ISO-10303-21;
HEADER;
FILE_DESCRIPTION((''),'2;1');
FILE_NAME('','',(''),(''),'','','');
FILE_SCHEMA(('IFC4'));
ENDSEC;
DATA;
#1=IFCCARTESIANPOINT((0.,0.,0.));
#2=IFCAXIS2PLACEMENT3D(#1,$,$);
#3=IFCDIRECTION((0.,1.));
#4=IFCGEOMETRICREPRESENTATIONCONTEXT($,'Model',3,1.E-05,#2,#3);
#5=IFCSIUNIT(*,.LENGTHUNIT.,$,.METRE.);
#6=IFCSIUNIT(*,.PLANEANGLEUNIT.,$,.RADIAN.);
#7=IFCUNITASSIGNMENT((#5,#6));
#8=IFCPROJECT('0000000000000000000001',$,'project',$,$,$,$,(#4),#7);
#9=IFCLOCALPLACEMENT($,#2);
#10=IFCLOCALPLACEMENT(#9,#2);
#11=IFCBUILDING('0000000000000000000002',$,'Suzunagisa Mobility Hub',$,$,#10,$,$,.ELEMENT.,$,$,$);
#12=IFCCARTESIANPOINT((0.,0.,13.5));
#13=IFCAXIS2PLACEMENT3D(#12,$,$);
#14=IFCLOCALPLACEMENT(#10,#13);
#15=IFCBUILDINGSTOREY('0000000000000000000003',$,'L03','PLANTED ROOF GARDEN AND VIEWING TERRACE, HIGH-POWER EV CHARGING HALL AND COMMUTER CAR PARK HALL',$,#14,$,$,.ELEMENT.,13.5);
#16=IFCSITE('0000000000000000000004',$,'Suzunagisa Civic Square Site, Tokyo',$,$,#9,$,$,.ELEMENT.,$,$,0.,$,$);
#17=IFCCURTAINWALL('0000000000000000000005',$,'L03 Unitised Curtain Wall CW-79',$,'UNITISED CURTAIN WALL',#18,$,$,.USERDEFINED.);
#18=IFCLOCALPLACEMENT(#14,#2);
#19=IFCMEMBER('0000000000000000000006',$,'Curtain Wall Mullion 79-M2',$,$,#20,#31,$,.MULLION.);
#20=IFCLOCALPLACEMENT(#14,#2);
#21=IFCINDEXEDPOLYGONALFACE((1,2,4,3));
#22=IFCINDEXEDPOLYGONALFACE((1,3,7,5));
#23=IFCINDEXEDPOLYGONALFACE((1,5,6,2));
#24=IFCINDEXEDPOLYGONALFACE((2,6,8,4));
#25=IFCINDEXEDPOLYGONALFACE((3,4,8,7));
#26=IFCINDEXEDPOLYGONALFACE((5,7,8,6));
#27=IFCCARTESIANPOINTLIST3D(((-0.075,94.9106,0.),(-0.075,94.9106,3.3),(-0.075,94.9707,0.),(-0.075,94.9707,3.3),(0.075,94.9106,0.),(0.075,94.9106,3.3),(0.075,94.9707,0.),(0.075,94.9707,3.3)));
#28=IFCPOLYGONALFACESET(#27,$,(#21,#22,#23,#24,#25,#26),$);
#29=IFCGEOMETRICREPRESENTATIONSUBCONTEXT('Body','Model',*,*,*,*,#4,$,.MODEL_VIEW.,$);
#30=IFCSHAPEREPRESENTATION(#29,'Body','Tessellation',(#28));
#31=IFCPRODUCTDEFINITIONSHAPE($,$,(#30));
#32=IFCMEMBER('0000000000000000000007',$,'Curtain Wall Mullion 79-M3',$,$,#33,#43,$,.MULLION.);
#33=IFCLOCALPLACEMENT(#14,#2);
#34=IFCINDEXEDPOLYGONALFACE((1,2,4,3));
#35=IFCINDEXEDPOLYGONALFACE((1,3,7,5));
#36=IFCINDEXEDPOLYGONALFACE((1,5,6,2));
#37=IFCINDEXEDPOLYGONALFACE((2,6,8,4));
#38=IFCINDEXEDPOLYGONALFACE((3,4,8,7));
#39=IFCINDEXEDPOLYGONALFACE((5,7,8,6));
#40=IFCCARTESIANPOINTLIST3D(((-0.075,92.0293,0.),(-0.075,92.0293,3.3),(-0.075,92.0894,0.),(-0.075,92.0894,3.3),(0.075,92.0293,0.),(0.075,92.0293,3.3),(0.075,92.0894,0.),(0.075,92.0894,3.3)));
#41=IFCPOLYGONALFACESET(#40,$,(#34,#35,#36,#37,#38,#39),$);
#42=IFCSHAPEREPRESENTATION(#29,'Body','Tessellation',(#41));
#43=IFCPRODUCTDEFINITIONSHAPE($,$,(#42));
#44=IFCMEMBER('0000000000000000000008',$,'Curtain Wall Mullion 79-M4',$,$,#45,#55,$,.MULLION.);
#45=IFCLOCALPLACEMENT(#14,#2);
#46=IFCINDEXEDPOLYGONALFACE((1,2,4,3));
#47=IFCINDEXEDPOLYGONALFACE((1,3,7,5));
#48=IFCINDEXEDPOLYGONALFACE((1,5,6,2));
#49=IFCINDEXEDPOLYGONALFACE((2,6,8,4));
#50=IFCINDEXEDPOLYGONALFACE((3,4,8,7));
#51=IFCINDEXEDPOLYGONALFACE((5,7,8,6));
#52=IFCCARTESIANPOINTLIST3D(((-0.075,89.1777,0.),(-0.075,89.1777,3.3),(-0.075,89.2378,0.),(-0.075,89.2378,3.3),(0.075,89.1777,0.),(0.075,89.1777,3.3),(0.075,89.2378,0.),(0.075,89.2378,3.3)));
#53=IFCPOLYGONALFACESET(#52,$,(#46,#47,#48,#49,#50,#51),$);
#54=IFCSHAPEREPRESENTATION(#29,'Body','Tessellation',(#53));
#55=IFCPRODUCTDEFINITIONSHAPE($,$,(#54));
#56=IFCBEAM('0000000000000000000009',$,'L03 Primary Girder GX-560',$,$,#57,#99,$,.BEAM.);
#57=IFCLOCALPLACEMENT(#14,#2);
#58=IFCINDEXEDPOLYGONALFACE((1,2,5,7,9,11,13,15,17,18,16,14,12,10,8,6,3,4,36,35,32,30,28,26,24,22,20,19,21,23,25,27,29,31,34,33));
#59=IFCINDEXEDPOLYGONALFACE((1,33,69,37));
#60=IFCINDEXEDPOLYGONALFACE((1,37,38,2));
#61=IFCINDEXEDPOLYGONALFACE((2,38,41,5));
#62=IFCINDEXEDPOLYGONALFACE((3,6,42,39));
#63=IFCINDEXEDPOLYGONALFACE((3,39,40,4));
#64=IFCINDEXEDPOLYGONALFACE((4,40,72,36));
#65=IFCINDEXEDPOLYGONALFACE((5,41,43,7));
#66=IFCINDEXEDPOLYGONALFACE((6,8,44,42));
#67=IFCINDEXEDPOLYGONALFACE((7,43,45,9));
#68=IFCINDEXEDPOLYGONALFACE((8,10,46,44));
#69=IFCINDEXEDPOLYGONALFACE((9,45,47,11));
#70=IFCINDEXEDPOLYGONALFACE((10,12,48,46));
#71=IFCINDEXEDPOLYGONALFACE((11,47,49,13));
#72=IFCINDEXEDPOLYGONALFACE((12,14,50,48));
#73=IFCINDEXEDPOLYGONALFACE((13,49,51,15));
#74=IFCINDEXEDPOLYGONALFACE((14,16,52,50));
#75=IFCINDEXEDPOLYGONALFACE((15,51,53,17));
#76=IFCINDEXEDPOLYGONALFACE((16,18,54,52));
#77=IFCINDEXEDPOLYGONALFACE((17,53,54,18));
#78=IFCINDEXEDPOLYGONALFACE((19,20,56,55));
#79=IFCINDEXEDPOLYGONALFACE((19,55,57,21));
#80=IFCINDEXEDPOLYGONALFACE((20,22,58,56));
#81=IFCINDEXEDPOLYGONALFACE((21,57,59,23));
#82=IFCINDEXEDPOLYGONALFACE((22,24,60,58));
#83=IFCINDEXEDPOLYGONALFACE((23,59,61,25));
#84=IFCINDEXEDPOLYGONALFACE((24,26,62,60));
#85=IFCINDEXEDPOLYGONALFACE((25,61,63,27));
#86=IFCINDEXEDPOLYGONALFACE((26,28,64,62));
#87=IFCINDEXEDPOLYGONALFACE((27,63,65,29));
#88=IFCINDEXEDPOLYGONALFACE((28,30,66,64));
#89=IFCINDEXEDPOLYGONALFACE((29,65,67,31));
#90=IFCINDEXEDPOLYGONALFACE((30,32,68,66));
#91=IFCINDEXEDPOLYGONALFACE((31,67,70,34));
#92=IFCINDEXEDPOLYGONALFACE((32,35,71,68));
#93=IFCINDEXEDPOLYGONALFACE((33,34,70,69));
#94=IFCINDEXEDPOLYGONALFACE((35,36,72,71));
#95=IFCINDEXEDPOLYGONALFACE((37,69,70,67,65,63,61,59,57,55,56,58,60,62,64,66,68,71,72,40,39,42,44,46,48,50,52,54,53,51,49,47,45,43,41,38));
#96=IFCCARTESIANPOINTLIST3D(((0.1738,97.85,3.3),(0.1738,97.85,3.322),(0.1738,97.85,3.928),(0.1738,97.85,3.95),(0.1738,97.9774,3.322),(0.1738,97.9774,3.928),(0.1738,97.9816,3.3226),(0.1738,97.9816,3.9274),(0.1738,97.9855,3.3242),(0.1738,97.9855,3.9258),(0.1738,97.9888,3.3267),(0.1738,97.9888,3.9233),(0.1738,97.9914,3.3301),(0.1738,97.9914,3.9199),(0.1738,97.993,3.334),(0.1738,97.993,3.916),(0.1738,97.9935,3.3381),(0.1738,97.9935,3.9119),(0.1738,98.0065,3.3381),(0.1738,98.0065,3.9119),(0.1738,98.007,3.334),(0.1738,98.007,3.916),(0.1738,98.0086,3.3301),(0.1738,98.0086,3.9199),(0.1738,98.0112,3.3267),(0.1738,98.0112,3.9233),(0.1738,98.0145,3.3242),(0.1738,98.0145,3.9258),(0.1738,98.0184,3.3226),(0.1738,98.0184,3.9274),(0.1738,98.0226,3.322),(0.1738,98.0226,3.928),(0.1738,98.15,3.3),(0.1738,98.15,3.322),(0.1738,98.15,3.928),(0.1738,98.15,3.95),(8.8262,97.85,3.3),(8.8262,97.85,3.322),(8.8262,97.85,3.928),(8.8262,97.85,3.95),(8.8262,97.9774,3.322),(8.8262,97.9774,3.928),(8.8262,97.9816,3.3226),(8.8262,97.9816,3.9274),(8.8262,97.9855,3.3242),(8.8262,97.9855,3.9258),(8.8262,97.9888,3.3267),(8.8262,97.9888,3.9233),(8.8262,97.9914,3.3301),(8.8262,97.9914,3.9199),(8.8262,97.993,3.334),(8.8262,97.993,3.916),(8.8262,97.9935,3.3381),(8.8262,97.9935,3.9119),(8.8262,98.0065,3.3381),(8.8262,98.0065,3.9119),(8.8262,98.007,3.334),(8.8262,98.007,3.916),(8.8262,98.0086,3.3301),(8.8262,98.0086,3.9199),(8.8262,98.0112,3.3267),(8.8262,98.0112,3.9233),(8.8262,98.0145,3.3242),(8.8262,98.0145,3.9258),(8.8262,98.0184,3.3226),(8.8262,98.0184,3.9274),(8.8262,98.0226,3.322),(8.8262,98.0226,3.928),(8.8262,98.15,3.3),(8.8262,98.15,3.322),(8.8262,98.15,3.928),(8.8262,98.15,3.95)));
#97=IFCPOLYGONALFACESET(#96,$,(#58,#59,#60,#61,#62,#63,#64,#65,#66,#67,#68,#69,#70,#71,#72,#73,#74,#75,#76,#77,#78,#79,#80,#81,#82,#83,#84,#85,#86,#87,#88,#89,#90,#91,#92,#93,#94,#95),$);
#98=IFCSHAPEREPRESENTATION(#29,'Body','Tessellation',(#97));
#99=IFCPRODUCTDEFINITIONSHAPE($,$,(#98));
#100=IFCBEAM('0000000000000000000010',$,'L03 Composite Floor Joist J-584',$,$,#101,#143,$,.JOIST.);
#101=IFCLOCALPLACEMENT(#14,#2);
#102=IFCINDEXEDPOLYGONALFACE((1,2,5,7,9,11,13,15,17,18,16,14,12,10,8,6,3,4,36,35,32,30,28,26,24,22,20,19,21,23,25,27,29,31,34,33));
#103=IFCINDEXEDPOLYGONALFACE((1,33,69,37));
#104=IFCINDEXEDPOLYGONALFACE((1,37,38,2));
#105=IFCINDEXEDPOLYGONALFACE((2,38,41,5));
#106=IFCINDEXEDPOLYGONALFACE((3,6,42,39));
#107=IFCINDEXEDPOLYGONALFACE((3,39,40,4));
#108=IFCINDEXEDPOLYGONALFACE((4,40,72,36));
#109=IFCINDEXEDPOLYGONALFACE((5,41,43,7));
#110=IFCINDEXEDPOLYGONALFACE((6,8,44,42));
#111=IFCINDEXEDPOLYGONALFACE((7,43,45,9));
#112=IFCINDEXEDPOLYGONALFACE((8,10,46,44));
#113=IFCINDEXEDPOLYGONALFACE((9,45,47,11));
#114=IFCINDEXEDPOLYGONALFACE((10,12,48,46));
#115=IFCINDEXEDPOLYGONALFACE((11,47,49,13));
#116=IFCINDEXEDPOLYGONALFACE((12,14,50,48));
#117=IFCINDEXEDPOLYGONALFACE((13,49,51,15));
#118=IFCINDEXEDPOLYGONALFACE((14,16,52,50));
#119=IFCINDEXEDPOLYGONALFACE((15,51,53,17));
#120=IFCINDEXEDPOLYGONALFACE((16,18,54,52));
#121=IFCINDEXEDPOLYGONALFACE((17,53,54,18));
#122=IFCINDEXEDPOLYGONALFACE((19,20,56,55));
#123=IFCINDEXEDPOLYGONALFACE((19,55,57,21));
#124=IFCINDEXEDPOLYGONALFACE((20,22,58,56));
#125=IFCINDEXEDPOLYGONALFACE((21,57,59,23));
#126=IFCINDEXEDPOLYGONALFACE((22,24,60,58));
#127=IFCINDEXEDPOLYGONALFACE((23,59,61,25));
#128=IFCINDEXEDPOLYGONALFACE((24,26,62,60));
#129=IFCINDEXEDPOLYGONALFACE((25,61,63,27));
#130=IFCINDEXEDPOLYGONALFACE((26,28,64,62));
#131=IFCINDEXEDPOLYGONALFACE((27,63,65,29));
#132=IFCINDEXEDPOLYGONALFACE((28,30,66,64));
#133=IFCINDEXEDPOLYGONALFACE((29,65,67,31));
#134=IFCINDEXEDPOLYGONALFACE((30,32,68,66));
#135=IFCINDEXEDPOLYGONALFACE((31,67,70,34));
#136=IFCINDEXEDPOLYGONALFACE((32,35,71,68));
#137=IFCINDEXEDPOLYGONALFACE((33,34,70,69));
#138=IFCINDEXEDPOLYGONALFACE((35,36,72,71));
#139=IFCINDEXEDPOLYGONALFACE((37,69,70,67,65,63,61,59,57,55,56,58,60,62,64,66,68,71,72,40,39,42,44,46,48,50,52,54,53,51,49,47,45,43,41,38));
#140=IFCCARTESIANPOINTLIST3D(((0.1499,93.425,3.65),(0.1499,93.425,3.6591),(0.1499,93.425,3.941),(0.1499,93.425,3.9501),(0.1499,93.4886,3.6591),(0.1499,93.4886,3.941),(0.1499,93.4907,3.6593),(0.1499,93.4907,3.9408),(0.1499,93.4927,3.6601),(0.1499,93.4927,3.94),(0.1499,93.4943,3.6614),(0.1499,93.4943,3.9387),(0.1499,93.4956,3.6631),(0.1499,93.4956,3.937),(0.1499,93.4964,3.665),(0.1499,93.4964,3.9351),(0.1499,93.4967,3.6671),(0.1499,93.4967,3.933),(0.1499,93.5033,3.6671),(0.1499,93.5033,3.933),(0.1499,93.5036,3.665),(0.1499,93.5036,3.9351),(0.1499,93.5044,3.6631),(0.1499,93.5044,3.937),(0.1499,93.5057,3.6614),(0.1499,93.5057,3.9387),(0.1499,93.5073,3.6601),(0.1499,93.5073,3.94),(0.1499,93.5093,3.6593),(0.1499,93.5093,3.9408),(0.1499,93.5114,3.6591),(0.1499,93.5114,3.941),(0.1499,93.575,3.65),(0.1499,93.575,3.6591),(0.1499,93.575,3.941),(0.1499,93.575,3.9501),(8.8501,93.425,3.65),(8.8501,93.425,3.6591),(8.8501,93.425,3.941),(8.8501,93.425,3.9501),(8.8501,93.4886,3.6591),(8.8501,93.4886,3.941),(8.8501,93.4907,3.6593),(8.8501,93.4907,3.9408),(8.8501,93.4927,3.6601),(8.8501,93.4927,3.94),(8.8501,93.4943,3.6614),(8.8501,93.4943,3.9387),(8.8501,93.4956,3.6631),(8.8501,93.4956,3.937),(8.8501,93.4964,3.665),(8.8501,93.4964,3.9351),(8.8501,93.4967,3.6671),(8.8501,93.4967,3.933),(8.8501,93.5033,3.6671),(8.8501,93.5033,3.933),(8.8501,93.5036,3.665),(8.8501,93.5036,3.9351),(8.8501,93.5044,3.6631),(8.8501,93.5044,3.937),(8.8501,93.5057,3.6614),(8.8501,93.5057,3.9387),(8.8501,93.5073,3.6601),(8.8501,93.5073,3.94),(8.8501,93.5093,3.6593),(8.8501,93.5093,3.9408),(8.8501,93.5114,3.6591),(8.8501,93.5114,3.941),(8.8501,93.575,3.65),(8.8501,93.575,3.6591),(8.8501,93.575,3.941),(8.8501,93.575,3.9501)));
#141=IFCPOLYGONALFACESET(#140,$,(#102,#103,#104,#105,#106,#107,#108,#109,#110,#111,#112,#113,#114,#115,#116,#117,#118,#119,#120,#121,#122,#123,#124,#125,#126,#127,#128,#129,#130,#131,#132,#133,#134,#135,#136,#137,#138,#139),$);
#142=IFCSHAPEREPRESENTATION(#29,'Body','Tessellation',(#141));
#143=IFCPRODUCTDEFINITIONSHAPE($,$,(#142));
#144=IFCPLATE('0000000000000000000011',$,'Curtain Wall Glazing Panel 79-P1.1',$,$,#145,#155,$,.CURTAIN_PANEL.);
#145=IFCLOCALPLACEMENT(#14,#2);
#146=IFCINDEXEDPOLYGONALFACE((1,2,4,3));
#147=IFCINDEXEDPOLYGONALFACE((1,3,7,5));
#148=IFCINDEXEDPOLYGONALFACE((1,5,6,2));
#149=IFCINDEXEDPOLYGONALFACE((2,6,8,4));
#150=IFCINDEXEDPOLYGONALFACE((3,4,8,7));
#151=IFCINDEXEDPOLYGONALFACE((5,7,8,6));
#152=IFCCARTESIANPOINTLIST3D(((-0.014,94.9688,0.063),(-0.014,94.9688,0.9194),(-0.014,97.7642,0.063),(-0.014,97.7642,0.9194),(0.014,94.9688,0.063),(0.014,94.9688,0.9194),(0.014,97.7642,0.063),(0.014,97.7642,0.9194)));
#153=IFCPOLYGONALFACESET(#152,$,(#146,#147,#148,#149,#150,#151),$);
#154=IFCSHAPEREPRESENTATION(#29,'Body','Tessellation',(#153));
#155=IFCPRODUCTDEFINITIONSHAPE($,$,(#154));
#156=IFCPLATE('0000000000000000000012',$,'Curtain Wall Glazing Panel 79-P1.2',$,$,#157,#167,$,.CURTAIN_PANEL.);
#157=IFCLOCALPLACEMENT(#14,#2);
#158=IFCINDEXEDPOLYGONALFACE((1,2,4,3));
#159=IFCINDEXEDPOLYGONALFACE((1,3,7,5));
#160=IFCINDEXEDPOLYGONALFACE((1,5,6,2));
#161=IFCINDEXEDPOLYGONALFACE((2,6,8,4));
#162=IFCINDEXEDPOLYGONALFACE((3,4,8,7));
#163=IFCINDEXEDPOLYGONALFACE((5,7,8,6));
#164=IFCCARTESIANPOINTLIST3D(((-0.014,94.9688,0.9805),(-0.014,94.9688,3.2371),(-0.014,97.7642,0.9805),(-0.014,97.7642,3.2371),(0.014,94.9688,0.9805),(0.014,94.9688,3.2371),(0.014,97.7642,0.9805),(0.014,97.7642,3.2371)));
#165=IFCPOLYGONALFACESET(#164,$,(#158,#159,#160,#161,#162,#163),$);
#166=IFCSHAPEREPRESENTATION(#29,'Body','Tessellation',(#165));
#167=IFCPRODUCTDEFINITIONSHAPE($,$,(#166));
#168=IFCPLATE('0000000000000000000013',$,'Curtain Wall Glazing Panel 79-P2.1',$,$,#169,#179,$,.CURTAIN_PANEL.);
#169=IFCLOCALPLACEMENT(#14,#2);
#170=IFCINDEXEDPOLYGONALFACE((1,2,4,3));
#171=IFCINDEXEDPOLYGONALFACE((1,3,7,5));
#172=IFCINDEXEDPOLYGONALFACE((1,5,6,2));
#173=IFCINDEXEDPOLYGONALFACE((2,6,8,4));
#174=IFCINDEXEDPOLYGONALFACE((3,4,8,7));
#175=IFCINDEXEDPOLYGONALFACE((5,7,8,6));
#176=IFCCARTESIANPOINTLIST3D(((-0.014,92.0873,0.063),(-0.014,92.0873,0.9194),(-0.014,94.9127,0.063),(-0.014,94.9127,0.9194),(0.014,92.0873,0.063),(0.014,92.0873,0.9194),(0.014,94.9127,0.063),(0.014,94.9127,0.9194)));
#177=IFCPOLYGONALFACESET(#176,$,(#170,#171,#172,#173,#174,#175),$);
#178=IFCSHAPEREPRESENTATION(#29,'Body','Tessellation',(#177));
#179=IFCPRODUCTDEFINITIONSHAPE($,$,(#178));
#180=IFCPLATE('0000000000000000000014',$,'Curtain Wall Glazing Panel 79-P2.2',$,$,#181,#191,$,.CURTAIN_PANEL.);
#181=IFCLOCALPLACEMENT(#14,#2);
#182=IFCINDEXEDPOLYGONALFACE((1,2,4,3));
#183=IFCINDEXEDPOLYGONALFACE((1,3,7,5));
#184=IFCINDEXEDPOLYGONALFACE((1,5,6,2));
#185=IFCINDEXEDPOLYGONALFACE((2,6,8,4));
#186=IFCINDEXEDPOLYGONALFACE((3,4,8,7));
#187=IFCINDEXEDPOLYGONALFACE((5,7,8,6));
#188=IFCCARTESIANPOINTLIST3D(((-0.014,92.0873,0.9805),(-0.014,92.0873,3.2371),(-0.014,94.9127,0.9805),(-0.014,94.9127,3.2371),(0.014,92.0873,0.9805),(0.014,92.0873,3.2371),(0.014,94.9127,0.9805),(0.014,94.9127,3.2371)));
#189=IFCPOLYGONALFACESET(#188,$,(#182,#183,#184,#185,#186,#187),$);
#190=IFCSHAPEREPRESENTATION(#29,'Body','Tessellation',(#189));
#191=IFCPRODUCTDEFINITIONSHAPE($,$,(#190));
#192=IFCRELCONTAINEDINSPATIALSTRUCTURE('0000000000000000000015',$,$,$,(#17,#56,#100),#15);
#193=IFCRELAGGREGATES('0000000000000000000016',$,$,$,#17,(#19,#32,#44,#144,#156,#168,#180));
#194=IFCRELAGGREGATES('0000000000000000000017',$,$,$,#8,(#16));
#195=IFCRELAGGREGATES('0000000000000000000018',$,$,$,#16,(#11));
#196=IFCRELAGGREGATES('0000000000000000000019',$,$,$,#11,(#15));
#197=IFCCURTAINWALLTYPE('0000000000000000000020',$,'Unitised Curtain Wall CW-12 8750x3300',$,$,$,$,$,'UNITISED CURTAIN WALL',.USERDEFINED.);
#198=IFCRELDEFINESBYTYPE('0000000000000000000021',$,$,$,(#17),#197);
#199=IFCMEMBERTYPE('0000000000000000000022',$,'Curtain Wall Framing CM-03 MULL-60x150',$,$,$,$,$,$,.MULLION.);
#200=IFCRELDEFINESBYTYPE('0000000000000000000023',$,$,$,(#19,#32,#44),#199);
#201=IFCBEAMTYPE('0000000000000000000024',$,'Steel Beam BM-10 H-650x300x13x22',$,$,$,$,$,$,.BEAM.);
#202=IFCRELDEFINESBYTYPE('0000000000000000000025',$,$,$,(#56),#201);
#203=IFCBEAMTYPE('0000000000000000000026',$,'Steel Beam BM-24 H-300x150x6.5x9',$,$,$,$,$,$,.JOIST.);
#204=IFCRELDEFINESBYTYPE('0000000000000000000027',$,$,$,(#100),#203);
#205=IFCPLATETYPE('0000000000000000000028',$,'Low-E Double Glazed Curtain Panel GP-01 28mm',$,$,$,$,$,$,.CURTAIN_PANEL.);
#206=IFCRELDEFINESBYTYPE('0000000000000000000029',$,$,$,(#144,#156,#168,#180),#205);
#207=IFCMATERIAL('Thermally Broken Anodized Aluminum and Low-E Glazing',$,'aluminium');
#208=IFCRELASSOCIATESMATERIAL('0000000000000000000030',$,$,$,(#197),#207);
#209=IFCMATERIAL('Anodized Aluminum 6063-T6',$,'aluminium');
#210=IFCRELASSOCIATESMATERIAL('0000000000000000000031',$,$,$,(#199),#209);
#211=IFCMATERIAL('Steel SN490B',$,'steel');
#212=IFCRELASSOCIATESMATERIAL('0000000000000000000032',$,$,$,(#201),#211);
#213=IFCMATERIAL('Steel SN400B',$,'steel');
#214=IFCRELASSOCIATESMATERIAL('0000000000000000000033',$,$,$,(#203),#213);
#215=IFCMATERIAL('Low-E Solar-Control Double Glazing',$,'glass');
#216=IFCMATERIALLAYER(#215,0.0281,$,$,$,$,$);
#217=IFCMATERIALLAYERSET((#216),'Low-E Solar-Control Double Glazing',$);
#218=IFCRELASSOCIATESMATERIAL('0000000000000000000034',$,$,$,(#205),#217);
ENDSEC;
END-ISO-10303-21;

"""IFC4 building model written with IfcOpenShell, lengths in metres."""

from ifc_helpers import new_model, si_unit, direction, frame, origin, origin_2d, place, context, subcontext, project, spatial, rectangle, i_section, extrude, material, layer, layer_set, material_profile, profile_set, type_object, element, aggregate, save


model = new_model("IFC4")

# Units and contexts
model_context = context("Model", 3, precision=1e-05, world=origin(), true_north=direction((0.0, 1.0)))
body_context = subcontext(model_context, "Body", "Model", "MODEL_VIEW")
ifc_project = project(units=[si_unit("LENGTHUNIT", "METRE"), si_unit("PLANEANGLEUNIT", "RADIAN")], contexts=[model_context])

# Site, building, storey
site_placement = place(None, origin())
site = spatial("IfcSite", under=ifc_project, at=site_placement, Name="Suzunagisa Civic Square Site, Tokyo", CompositionType="ELEMENT", RefElevation=0.0)
building_placement = place(site_placement, origin())
building = spatial("IfcBuilding", under=site, at=building_placement, Name="Suzunagisa Mobility Hub", CompositionType="ELEMENT")
storey_placement = place(building_placement, frame((0.0, 0.0, 13.5)))
storey = spatial("IfcBuildingStorey", under=building, at=storey_placement, Name="L03", Description="PLANTED ROOF GARDEN AND VIEWING TERRACE, HIGH-POWER EV CHARGING HALL AND COMMUTER CAR PARK HALL", CompositionType="ELEMENT", Elevation=13.5)

# Shared definitions
ifc_material_1 = material(Name="Steel SN490B", Category="steel")

# Curtain wall, members
ifc_material_2 = material(Name="Thermally Broken Anodized Aluminum and Low-E Glazing", Category="aluminium")
curtain_wall_type = type_object("IfcCurtainWallType", Name="Unitised Curtain Wall CW-12 8750x3300", ElementType="UNITISED CURTAIN WALL", PredefinedType="USERDEFINED", material=ifc_material_2)
curtain_wall_placement = place(storey_placement, origin())
curtain_wall = element("IfcCurtainWall", 1, at=curtain_wall_placement, inside=storey, type_object=curtain_wall_type, Name="L03 Unitised Curtain Wall CW-79", ObjectType="UNITISED CURTAIN WALL", PredefinedType="USERDEFINED")
ifc_material_3 = material(Name="Anodized Aluminum 6063-T6", Category="aluminium")
ifc_material_profile_1 = material_profile(ifc_material_3, rectangle(XDim=0.0601, YDim=0.1499, at=origin_2d()), Name="MULL-60x150")
ifc_profile_set_1 = profile_set([ifc_material_profile_1], Name="Anodized Aluminum 6063-T6")
member_type_1 = type_object("IfcMemberType", Name="Curtain Wall Framing CM-03 MULL-60x150", PredefinedType="MULLION", material=ifc_profile_set_1)
member_1_placement = place(storey_placement, frame((0.0, 94.9407, 0.0), z_axis=(0.0, 0.0, 1.0), x_axis=(0.0, -1.0, 0.0)))
member_1 = element("IfcMember", 2, at=member_1_placement, type_object=member_type_1, Name="Curtain Wall Mullion 79-M2", PredefinedType="MULLION", context=body_context, shape_type="SweptSolid", body=[
    extrude(rectangle(XDim=0.0601, YDim=0.1499, at=origin_2d()), origin(), (0.0, 0.0, 1.0), 3.3),
])
member_2_placement = place(storey_placement, frame((0.0, 92.0593, 0.0), z_axis=(0.0, 0.0, 1.0), x_axis=(0.0, -1.0, 0.0)))
member_2 = element("IfcMember", 3, at=member_2_placement, type_object=member_type_1, Name="Curtain Wall Mullion 79-M3", PredefinedType="MULLION", context=body_context, shape_type="SweptSolid", body=[
    extrude(rectangle(XDim=0.0601, YDim=0.1499, at=origin_2d()), origin(), (0.0, 0.0, 1.0), 3.3),
])
member_3_placement = place(storey_placement, frame((0.0, 89.2078, 0.0), z_axis=(0.0, 0.0, 1.0), x_axis=(0.0, -1.0, 0.0)))
member_3 = element("IfcMember", 4, at=member_3_placement, type_object=member_type_1, Name="Curtain Wall Mullion 79-M4", PredefinedType="MULLION", context=body_context, shape_type="SweptSolid", body=[
    extrude(rectangle(XDim=0.0601, YDim=0.1499, at=origin_2d()), origin(), (0.0, 0.0, 1.0), 3.3),
])

# Beams
ifc_material_profile_2 = material_profile(ifc_material_1, i_section(OverallWidth=0.3, OverallDepth=0.6499, WebThickness=0.0129, FlangeThickness=0.022, FilletRadius=0.0161, at=origin_2d()), Name="H-650x300x13x22")
ifc_profile_set_2 = profile_set([ifc_material_profile_2], Name="Steel SN490B")
beam_type_1 = type_object("IfcBeamType", Name="Steel Beam BM-10 H-650x300x13x22", PredefinedType="BEAM", material=ifc_profile_set_2)
beam_1_placement = place(storey_placement, frame((0.1738, 98.0, 3.625), z_axis=(1.0, 0.0, 0.0), x_axis=(0.0, 1.0, 0.0)))
element("IfcBeam", 5, at=beam_1_placement, inside=storey, type_object=beam_type_1, Name="L03 Primary Girder GX-560", PredefinedType="BEAM", context=body_context, shape_type="SweptSolid", body=[
    extrude(i_section(OverallWidth=0.3, OverallDepth=0.6499, WebThickness=0.0129, FlangeThickness=0.022, FilletRadius=0.0161, at=origin_2d()), origin(), (0.0, 0.0, 1.0), 8.6523),
])
ifc_material_4 = material(Name="Steel SN400B", Category="steel")
ifc_material_profile_3 = material_profile(ifc_material_4, i_section(OverallWidth=0.1499, OverallDepth=0.3, WebThickness=0.0066, FlangeThickness=0.009, FilletRadius=0.0081, at=origin_2d()), Name="H-300x150x6.5x9")
ifc_profile_set_3 = profile_set([ifc_material_profile_3], Name="Steel SN400B")
beam_type_2 = type_object("IfcBeamType", Name="Steel Beam BM-24 H-300x150x6.5x9", PredefinedType="JOIST", material=ifc_profile_set_3)
beam_2_placement = place(storey_placement, frame((0.1499, 93.5, 3.8), z_axis=(1.0, 0.0, 0.0), x_axis=(0.0, 1.0, 0.0)))
element("IfcBeam", 6, at=beam_2_placement, inside=storey, type_object=beam_type_2, Name="L03 Composite Floor Joist J-584", PredefinedType="JOIST", context=body_context, shape_type="SweptSolid", body=[
    extrude(i_section(OverallWidth=0.1499, OverallDepth=0.3, WebThickness=0.0066, FlangeThickness=0.009, FilletRadius=0.0081, at=origin_2d()), origin(), (0.0, 0.0, 1.0), 8.7002),
])

# Plates
ifc_material_5 = material(Name="Low-E Solar-Control Double Glazing", Category="glass")
ifc_layer = layer(ifc_material_5, 0.0281)
ifc_layer_set = layer_set([ifc_layer], Name="Low-E Solar-Control Double Glazing")
plate_type = type_object("IfcPlateType", Name="Low-E Double Glazed Curtain Panel GP-01 28mm", PredefinedType="CURTAIN_PANEL", material=ifc_layer_set)
plate_1_placement = place(storey_placement, frame((0.0, 96.3665, 0.063), z_axis=(0.0, 0.0, 1.0), x_axis=(0.0, -1.0, 0.0)))
plate_1 = element("IfcPlate", 7, at=plate_1_placement, type_object=plate_type, Name="Curtain Wall Glazing Panel 79-P1.1", PredefinedType="CURTAIN_PANEL", context=body_context, shape_type="SweptSolid", body=[
    extrude(rectangle(XDim=2.7954, YDim=0.0281, at=origin_2d()), origin(), (0.0, 0.0, 1.0), 0.8564),
])
plate_2_placement = place(storey_placement, frame((0.0, 96.3665, 0.9805), z_axis=(0.0, 0.0, 1.0), x_axis=(0.0, -1.0, 0.0)))
plate_2 = element("IfcPlate", 8, at=plate_2_placement, type_object=plate_type, Name="Curtain Wall Glazing Panel 79-P1.2", PredefinedType="CURTAIN_PANEL", context=body_context, shape_type="SweptSolid", body=[
    extrude(rectangle(XDim=2.7954, YDim=0.0281, at=origin_2d()), origin(), (0.0, 0.0, 1.0), 2.2566),
])
plate_3_placement = place(storey_placement, frame((0.0, 93.5, 0.063), z_axis=(0.0, 0.0, 1.0), x_axis=(0.0, -1.0, 0.0)))
plate_3 = element("IfcPlate", 9, at=plate_3_placement, type_object=plate_type, Name="Curtain Wall Glazing Panel 79-P2.1", PredefinedType="CURTAIN_PANEL", context=body_context, shape_type="SweptSolid", body=[
    extrude(rectangle(XDim=2.8254, YDim=0.0281, at=origin_2d()), origin(), (0.0, 0.0, 1.0), 0.8564),
])
plate_4_placement = place(storey_placement, frame((0.0, 93.5, 0.9805), z_axis=(0.0, 0.0, 1.0), x_axis=(0.0, -1.0, 0.0)))
plate_4 = element("IfcPlate", 10, at=plate_4_placement, type_object=plate_type, Name="Curtain Wall Glazing Panel 79-P2.2", PredefinedType="CURTAIN_PANEL", context=body_context, shape_type="SweptSolid", body=[
    extrude(rectangle(XDim=2.8254, YDim=0.0281, at=origin_2d()), origin(), (0.0, 0.0, 1.0), 2.2566),
])
aggregate(curtain_wall, [member_1, member_2, member_3, plate_1, plate_2, plate_3, plate_4])

save(model, "model.ifc")
